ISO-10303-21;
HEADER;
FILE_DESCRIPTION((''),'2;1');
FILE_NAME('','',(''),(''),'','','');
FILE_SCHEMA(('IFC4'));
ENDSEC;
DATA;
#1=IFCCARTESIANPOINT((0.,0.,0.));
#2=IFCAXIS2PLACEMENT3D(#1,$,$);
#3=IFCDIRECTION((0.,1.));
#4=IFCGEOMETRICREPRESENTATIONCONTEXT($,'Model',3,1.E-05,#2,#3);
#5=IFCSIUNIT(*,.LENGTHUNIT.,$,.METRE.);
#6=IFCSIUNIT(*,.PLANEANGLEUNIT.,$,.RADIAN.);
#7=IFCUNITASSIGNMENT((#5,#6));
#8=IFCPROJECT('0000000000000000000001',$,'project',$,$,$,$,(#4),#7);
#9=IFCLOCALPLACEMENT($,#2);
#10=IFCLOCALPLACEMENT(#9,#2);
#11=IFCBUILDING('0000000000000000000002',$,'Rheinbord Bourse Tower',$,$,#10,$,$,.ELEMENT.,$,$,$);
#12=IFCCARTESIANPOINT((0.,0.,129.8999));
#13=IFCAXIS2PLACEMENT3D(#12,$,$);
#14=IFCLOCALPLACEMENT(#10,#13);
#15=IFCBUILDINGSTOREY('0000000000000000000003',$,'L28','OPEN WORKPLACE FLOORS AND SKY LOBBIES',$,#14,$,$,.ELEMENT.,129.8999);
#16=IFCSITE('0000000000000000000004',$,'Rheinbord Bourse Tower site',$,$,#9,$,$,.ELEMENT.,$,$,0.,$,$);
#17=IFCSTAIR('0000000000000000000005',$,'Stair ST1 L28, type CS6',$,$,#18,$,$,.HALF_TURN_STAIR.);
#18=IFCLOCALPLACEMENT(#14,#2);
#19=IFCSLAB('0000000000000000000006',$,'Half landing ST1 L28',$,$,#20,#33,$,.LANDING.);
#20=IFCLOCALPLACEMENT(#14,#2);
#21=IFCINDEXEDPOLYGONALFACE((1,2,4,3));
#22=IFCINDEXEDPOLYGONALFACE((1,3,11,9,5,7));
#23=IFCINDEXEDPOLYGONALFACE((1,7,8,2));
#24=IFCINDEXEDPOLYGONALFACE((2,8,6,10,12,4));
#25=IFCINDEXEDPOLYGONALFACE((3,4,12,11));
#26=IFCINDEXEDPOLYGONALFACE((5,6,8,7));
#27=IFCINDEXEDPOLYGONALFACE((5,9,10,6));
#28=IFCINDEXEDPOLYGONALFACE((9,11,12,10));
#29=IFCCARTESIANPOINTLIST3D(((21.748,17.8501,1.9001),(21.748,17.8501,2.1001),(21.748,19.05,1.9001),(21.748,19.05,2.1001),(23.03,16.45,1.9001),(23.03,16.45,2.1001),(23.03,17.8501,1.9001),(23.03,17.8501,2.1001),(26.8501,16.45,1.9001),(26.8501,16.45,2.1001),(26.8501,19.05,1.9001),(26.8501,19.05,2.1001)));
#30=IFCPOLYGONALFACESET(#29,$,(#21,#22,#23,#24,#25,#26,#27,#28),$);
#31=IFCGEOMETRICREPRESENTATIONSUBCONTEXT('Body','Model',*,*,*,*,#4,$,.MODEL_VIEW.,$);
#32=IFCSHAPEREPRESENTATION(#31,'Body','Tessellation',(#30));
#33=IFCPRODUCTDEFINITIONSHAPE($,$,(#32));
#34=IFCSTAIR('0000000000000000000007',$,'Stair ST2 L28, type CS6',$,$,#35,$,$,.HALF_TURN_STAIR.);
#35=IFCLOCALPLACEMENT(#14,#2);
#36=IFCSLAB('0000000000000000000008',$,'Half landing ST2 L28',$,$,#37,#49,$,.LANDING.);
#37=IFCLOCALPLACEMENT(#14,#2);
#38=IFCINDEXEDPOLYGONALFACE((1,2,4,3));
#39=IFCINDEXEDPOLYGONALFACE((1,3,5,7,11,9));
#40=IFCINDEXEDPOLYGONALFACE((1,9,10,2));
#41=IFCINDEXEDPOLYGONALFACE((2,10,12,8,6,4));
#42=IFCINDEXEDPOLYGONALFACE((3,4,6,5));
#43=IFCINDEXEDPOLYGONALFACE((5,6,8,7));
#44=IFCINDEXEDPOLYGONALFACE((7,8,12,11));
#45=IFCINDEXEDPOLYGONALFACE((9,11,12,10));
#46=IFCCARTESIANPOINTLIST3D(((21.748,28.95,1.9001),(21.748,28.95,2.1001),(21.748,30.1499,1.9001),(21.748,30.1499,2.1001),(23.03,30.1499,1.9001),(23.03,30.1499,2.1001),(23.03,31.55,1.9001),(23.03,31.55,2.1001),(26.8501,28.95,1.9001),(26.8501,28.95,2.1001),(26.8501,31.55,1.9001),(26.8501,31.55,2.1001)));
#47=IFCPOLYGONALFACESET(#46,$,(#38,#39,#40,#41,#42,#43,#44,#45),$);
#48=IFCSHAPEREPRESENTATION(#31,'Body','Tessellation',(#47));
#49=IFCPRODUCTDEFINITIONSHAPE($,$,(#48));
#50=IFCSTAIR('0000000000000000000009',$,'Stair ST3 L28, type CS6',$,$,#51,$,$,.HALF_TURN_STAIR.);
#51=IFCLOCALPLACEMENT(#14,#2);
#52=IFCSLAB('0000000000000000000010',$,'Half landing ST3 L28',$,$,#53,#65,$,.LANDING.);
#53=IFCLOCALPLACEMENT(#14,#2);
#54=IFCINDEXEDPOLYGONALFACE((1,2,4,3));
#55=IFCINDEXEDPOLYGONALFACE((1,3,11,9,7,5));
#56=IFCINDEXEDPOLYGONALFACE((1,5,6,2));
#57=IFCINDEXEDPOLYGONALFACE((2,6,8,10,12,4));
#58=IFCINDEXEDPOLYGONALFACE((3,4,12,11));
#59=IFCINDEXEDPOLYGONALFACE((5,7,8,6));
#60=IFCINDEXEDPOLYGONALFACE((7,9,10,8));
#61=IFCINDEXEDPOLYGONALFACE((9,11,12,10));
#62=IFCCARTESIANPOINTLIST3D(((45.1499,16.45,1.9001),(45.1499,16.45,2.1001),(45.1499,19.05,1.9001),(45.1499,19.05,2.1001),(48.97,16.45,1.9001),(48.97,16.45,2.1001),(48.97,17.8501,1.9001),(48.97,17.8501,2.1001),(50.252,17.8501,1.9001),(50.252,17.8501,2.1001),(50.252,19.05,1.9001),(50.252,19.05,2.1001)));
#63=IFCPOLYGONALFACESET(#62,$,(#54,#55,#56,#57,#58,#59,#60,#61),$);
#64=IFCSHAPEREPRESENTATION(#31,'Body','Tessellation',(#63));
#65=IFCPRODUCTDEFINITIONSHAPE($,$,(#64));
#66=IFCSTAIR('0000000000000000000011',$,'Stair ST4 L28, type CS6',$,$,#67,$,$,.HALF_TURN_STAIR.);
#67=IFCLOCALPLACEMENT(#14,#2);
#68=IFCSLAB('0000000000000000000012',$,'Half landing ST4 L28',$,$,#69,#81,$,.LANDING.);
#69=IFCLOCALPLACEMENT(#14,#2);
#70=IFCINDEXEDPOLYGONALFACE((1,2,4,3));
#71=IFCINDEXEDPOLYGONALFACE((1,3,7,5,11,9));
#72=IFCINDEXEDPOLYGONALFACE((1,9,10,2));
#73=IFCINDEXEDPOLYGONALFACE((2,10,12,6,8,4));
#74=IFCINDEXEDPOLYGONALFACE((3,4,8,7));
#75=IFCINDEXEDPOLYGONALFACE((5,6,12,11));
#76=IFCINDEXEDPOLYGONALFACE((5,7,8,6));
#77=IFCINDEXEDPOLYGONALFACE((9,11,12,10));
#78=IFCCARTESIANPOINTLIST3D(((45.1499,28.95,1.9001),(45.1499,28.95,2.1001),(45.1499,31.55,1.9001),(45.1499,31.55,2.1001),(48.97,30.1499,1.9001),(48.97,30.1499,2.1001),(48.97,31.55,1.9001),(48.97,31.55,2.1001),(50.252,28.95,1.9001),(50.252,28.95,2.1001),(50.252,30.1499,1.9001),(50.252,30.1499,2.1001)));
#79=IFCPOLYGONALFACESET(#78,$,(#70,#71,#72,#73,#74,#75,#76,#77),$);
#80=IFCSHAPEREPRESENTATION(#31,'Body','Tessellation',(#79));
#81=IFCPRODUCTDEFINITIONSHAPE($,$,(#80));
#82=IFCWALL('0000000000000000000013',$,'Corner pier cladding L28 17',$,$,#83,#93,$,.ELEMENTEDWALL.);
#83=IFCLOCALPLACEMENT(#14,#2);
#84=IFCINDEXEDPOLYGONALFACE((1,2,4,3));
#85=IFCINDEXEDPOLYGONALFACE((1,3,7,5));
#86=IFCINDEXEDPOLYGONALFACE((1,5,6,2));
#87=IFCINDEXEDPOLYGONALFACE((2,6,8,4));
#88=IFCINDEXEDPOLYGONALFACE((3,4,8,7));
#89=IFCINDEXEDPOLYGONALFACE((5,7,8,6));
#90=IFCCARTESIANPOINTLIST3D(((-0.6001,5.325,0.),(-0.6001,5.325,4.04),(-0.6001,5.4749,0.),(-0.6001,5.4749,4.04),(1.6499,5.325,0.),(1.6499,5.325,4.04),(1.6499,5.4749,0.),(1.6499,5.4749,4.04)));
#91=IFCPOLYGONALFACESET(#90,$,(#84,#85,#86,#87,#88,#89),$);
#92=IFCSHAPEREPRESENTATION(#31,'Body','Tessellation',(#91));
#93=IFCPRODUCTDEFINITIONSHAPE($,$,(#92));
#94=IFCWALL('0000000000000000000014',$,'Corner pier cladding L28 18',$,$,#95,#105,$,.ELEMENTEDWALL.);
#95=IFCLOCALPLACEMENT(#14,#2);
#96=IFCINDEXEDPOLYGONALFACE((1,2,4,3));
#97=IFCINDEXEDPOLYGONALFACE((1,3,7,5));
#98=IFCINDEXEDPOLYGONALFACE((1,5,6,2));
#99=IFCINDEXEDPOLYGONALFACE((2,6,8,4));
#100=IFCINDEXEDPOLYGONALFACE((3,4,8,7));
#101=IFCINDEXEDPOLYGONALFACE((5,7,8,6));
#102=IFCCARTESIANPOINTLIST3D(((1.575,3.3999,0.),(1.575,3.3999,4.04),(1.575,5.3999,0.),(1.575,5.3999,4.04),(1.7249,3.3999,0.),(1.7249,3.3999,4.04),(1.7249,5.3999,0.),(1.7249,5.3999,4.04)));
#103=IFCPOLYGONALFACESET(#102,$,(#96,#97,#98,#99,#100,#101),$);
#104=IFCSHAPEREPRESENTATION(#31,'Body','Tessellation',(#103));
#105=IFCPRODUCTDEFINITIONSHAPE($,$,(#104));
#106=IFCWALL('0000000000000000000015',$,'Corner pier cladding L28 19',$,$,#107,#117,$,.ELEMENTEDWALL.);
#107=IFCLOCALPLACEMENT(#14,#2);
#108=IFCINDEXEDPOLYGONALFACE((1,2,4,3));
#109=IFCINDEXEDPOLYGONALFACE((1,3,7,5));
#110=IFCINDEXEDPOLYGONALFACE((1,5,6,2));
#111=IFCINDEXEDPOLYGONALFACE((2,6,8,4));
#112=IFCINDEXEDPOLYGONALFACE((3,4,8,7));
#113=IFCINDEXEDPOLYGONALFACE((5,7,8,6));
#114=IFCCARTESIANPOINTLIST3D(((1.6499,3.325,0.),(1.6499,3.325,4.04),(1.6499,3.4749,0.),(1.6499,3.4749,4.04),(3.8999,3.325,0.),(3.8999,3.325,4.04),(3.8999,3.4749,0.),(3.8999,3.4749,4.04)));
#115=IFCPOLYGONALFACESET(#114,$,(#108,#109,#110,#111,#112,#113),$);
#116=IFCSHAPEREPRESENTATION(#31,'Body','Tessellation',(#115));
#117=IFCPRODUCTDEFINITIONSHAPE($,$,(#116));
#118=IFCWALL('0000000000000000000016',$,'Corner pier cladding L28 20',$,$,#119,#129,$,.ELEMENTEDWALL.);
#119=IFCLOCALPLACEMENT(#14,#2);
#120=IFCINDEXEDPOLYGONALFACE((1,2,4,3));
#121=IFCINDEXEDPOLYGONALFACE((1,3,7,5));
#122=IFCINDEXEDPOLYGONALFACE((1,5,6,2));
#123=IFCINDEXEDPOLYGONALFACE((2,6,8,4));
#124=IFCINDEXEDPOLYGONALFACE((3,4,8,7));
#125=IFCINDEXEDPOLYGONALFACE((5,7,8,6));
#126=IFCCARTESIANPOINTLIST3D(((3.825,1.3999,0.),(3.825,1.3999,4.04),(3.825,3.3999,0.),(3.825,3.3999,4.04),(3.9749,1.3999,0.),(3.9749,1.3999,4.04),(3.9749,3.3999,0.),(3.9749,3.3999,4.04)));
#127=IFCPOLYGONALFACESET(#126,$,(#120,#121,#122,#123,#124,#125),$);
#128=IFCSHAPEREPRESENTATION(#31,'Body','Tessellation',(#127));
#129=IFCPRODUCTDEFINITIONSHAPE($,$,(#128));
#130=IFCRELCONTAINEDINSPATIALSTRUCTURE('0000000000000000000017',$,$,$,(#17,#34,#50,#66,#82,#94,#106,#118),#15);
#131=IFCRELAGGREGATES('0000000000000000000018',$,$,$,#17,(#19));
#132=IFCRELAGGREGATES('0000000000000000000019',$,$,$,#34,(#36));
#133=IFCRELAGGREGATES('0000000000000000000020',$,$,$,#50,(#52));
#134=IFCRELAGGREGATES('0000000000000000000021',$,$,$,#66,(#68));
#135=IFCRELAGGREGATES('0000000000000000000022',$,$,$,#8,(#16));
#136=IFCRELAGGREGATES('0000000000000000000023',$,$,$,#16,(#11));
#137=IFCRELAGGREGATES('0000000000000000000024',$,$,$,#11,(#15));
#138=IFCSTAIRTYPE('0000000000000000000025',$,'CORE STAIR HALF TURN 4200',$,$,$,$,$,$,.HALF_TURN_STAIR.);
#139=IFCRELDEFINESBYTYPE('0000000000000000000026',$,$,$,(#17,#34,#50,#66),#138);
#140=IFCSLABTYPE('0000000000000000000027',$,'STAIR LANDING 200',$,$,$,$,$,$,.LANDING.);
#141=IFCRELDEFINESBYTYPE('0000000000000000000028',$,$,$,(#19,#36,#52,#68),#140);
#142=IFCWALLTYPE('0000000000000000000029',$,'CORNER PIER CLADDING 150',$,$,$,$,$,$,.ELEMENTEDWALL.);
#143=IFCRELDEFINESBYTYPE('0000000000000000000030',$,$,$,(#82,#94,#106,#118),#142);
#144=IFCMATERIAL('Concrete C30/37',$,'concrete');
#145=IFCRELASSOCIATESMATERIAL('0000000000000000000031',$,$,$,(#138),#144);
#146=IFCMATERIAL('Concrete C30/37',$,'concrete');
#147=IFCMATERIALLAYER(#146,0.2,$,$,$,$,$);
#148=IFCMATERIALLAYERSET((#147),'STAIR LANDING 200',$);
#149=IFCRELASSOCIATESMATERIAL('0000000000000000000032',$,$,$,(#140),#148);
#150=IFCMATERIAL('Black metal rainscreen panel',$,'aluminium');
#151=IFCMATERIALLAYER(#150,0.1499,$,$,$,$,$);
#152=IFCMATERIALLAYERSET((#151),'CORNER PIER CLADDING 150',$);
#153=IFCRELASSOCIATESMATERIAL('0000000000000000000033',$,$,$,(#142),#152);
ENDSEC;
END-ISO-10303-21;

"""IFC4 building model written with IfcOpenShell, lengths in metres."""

from ifc_helpers import new_model, si_unit, direction, frame, frame_2d, origin, place, context, subcontext, project, spatial, polyline, rectangle, outline, extrude, material, layer, layer_set, type_object, element, aggregate, save


model = new_model("IFC4")

# Units and contexts
model_context = context("Model", 3, precision=1e-05, world=origin(), true_north=direction((0.0, 1.0)))
body_context = subcontext(model_context, "Body", "Model", "MODEL_VIEW")
ifc_project = project(units=[si_unit("LENGTHUNIT", "METRE"), si_unit("PLANEANGLEUNIT", "RADIAN")], contexts=[model_context])

# Site, building, storey
site_placement = place(None, origin())
site = spatial("IfcSite", under=ifc_project, at=site_placement, Name="Rheinbord Bourse Tower site", CompositionType="ELEMENT", RefElevation=0.0)
building_placement = place(site_placement, origin())
building = spatial("IfcBuilding", under=site, at=building_placement, Name="Rheinbord Bourse Tower", CompositionType="ELEMENT")
storey_placement = place(building_placement, frame((0.0, 0.0, 129.8999)))
storey = spatial("IfcBuildingStorey", under=building, at=storey_placement, Name="L28", Description="OPEN WORKPLACE FLOORS AND SKY LOBBIES", CompositionType="ELEMENT", Elevation=129.8999)

# Stairs, slabs
ifc_material_1 = material(Name="Concrete C30/37", Category="concrete")
stair_type = type_object("IfcStairType", Name="CORE STAIR HALF TURN 4200", PredefinedType="HALF_TURN_STAIR", material=ifc_material_1)
stair_1_placement = place(storey_placement, origin())
stair_1 = element("IfcStair", 1, at=stair_1_placement, inside=storey, type_object=stair_type, Name="Stair ST1 L28, type CS6", PredefinedType="HALF_TURN_STAIR")
ifc_material_2 = material(Name="Concrete C30/37", Category="concrete")
ifc_layer_1 = layer(ifc_material_2, 0.2)
ifc_layer_set_1 = layer_set([ifc_layer_1], Name="STAIR LANDING 200")
slab_type_1 = type_object("IfcSlabType", Name="STAIR LANDING 200", PredefinedType="LANDING", material=ifc_layer_set_1)
slab_1_placement = place(storey_placement, frame((0.0, 0.0, 1.9001)))
slab_1 = element("IfcSlab", 2, at=slab_1_placement, type_object=slab_type_1, Name="Half landing ST1 L28", PredefinedType="LANDING", context=body_context, shape_type="SweptSolid", body=[
    extrude(outline(polyline([(23.03, 16.45), (26.8501, 16.45), (26.8501, 19.05), (21.748, 19.05), (21.748, 17.8501), (23.03, 17.8501), (23.03, 16.45)])), origin(), (0.0, 0.0, 1.0), 0.2),
])
aggregate(stair_1, [slab_1])
stair_2_placement = place(storey_placement, origin())
stair_2 = element("IfcStair", 3, at=stair_2_placement, inside=storey, type_object=stair_type, Name="Stair ST2 L28, type CS6", PredefinedType="HALF_TURN_STAIR")
slab_2_placement = place(storey_placement, frame((0.0, 0.0, 1.9001)))
slab_2 = element("IfcSlab", 4, at=slab_2_placement, type_object=slab_type_1, Name="Half landing ST2 L28", PredefinedType="LANDING", context=body_context, shape_type="SweptSolid", body=[
    extrude(outline(polyline([(21.748, 28.95), (26.8501, 28.95), (26.8501, 31.55), (23.03, 31.55), (23.03, 30.1499), (21.748, 30.1499), (21.748, 28.95)])), origin(), (0.0, 0.0, 1.0), 0.2),
])
aggregate(stair_2, [slab_2])
stair_3_placement = place(storey_placement, origin())
stair_3 = element("IfcStair", 5, at=stair_3_placement, inside=storey, type_object=stair_type, Name="Stair ST3 L28, type CS6", PredefinedType="HALF_TURN_STAIR")
slab_3_placement = place(storey_placement, frame((0.0, 0.0, 1.9001)))
slab_3 = element("IfcSlab", 6, at=slab_3_placement, type_object=slab_type_1, Name="Half landing ST3 L28", PredefinedType="LANDING", context=body_context, shape_type="SweptSolid", body=[
    extrude(outline(polyline([(45.1499, 16.45), (48.97, 16.45), (48.97, 17.8501), (50.252, 17.8501), (50.252, 19.05), (45.1499, 19.05), (45.1499, 16.45)])), origin(), (0.0, 0.0, 1.0), 0.2),
])
aggregate(stair_3, [slab_3])
stair_4_placement = place(storey_placement, origin())
stair_4 = element("IfcStair", 7, at=stair_4_placement, inside=storey, type_object=stair_type, Name="Stair ST4 L28, type CS6", PredefinedType="HALF_TURN_STAIR")
slab_4_placement = place(storey_placement, frame((0.0, 0.0, 1.9001)))
slab_4 = element("IfcSlab", 8, at=slab_4_placement, type_object=slab_type_1, Name="Half landing ST4 L28", PredefinedType="LANDING", context=body_context, shape_type="SweptSolid", body=[
    extrude(outline(polyline([(45.1499, 28.95), (50.252, 28.95), (50.252, 30.1499), (48.97, 30.1499), (48.97, 31.55), (45.1499, 31.55), (45.1499, 28.95)])), origin(), (0.0, 0.0, 1.0), 0.2),
])
aggregate(stair_4, [slab_4])

# Walls
ifc_material_3 = material(Name="Black metal rainscreen panel", Category="aluminium")
ifc_layer_2 = layer(ifc_material_3, 0.1499)
ifc_layer_set_2 = layer_set([ifc_layer_2], Name="CORNER PIER CLADDING 150")
wall_type = type_object("IfcWallType", Name="CORNER PIER CLADDING 150", PredefinedType="ELEMENTEDWALL", material=ifc_layer_set_2)
wall_1_placement = place(storey_placement, frame((-0.6001, 5.3999, 0.0), z_axis=(0.0, 0.0, 1.0), x_axis=(1.0, 0.0, 0.0)))
element("IfcWall", 9, at=wall_1_placement, inside=storey, type_object=wall_type, Name="Corner pier cladding L28 17", PredefinedType="ELEMENTEDWALL", context=body_context, shape_type="SweptSolid", body=[
    extrude(rectangle(XDim=2.25, YDim=0.1499, at=frame_2d((1.125, 0.0))), origin(), (0.0, 0.0, 1.0), 4.04),
])
wall_2_placement = place(storey_placement, frame((1.6499, 5.3999, 0.0), z_axis=(0.0, 0.0, 1.0), x_axis=(0.0, -1.0, 0.0)))
element("IfcWall", 10, at=wall_2_placement, inside=storey, type_object=wall_type, Name="Corner pier cladding L28 18", PredefinedType="ELEMENTEDWALL", context=body_context, shape_type="SweptSolid", body=[
    extrude(rectangle(XDim=2.0, YDim=0.1499, at=frame_2d((1.0, 0.0))), origin(), (0.0, 0.0, 1.0), 4.04),
])
wall_3_placement = place(storey_placement, frame((1.6499, 3.3999, 0.0), z_axis=(0.0, 0.0, 1.0), x_axis=(1.0, 0.0, 0.0)))
element("IfcWall", 11, at=wall_3_placement, inside=storey, type_object=wall_type, Name="Corner pier cladding L28 19", PredefinedType="ELEMENTEDWALL", context=body_context, shape_type="SweptSolid", body=[
    extrude(rectangle(XDim=2.25, YDim=0.1499, at=frame_2d((1.125, 0.0))), origin(), (0.0, 0.0, 1.0), 4.04),
])
wall_4_placement = place(storey_placement, frame((3.8999, 3.3999, 0.0), z_axis=(0.0, 0.0, 1.0), x_axis=(0.0, -1.0, 0.0)))
element("IfcWall", 12, at=wall_4_placement, inside=storey, type_object=wall_type, Name="Corner pier cladding L28 20", PredefinedType="ELEMENTEDWALL", context=body_context, shape_type="SweptSolid", body=[
    extrude(rectangle(XDim=2.0, YDim=0.1499, at=frame_2d((1.0, 0.0))), origin(), (0.0, 0.0, 1.0), 4.04),
])

save(model, "model.ifc")
